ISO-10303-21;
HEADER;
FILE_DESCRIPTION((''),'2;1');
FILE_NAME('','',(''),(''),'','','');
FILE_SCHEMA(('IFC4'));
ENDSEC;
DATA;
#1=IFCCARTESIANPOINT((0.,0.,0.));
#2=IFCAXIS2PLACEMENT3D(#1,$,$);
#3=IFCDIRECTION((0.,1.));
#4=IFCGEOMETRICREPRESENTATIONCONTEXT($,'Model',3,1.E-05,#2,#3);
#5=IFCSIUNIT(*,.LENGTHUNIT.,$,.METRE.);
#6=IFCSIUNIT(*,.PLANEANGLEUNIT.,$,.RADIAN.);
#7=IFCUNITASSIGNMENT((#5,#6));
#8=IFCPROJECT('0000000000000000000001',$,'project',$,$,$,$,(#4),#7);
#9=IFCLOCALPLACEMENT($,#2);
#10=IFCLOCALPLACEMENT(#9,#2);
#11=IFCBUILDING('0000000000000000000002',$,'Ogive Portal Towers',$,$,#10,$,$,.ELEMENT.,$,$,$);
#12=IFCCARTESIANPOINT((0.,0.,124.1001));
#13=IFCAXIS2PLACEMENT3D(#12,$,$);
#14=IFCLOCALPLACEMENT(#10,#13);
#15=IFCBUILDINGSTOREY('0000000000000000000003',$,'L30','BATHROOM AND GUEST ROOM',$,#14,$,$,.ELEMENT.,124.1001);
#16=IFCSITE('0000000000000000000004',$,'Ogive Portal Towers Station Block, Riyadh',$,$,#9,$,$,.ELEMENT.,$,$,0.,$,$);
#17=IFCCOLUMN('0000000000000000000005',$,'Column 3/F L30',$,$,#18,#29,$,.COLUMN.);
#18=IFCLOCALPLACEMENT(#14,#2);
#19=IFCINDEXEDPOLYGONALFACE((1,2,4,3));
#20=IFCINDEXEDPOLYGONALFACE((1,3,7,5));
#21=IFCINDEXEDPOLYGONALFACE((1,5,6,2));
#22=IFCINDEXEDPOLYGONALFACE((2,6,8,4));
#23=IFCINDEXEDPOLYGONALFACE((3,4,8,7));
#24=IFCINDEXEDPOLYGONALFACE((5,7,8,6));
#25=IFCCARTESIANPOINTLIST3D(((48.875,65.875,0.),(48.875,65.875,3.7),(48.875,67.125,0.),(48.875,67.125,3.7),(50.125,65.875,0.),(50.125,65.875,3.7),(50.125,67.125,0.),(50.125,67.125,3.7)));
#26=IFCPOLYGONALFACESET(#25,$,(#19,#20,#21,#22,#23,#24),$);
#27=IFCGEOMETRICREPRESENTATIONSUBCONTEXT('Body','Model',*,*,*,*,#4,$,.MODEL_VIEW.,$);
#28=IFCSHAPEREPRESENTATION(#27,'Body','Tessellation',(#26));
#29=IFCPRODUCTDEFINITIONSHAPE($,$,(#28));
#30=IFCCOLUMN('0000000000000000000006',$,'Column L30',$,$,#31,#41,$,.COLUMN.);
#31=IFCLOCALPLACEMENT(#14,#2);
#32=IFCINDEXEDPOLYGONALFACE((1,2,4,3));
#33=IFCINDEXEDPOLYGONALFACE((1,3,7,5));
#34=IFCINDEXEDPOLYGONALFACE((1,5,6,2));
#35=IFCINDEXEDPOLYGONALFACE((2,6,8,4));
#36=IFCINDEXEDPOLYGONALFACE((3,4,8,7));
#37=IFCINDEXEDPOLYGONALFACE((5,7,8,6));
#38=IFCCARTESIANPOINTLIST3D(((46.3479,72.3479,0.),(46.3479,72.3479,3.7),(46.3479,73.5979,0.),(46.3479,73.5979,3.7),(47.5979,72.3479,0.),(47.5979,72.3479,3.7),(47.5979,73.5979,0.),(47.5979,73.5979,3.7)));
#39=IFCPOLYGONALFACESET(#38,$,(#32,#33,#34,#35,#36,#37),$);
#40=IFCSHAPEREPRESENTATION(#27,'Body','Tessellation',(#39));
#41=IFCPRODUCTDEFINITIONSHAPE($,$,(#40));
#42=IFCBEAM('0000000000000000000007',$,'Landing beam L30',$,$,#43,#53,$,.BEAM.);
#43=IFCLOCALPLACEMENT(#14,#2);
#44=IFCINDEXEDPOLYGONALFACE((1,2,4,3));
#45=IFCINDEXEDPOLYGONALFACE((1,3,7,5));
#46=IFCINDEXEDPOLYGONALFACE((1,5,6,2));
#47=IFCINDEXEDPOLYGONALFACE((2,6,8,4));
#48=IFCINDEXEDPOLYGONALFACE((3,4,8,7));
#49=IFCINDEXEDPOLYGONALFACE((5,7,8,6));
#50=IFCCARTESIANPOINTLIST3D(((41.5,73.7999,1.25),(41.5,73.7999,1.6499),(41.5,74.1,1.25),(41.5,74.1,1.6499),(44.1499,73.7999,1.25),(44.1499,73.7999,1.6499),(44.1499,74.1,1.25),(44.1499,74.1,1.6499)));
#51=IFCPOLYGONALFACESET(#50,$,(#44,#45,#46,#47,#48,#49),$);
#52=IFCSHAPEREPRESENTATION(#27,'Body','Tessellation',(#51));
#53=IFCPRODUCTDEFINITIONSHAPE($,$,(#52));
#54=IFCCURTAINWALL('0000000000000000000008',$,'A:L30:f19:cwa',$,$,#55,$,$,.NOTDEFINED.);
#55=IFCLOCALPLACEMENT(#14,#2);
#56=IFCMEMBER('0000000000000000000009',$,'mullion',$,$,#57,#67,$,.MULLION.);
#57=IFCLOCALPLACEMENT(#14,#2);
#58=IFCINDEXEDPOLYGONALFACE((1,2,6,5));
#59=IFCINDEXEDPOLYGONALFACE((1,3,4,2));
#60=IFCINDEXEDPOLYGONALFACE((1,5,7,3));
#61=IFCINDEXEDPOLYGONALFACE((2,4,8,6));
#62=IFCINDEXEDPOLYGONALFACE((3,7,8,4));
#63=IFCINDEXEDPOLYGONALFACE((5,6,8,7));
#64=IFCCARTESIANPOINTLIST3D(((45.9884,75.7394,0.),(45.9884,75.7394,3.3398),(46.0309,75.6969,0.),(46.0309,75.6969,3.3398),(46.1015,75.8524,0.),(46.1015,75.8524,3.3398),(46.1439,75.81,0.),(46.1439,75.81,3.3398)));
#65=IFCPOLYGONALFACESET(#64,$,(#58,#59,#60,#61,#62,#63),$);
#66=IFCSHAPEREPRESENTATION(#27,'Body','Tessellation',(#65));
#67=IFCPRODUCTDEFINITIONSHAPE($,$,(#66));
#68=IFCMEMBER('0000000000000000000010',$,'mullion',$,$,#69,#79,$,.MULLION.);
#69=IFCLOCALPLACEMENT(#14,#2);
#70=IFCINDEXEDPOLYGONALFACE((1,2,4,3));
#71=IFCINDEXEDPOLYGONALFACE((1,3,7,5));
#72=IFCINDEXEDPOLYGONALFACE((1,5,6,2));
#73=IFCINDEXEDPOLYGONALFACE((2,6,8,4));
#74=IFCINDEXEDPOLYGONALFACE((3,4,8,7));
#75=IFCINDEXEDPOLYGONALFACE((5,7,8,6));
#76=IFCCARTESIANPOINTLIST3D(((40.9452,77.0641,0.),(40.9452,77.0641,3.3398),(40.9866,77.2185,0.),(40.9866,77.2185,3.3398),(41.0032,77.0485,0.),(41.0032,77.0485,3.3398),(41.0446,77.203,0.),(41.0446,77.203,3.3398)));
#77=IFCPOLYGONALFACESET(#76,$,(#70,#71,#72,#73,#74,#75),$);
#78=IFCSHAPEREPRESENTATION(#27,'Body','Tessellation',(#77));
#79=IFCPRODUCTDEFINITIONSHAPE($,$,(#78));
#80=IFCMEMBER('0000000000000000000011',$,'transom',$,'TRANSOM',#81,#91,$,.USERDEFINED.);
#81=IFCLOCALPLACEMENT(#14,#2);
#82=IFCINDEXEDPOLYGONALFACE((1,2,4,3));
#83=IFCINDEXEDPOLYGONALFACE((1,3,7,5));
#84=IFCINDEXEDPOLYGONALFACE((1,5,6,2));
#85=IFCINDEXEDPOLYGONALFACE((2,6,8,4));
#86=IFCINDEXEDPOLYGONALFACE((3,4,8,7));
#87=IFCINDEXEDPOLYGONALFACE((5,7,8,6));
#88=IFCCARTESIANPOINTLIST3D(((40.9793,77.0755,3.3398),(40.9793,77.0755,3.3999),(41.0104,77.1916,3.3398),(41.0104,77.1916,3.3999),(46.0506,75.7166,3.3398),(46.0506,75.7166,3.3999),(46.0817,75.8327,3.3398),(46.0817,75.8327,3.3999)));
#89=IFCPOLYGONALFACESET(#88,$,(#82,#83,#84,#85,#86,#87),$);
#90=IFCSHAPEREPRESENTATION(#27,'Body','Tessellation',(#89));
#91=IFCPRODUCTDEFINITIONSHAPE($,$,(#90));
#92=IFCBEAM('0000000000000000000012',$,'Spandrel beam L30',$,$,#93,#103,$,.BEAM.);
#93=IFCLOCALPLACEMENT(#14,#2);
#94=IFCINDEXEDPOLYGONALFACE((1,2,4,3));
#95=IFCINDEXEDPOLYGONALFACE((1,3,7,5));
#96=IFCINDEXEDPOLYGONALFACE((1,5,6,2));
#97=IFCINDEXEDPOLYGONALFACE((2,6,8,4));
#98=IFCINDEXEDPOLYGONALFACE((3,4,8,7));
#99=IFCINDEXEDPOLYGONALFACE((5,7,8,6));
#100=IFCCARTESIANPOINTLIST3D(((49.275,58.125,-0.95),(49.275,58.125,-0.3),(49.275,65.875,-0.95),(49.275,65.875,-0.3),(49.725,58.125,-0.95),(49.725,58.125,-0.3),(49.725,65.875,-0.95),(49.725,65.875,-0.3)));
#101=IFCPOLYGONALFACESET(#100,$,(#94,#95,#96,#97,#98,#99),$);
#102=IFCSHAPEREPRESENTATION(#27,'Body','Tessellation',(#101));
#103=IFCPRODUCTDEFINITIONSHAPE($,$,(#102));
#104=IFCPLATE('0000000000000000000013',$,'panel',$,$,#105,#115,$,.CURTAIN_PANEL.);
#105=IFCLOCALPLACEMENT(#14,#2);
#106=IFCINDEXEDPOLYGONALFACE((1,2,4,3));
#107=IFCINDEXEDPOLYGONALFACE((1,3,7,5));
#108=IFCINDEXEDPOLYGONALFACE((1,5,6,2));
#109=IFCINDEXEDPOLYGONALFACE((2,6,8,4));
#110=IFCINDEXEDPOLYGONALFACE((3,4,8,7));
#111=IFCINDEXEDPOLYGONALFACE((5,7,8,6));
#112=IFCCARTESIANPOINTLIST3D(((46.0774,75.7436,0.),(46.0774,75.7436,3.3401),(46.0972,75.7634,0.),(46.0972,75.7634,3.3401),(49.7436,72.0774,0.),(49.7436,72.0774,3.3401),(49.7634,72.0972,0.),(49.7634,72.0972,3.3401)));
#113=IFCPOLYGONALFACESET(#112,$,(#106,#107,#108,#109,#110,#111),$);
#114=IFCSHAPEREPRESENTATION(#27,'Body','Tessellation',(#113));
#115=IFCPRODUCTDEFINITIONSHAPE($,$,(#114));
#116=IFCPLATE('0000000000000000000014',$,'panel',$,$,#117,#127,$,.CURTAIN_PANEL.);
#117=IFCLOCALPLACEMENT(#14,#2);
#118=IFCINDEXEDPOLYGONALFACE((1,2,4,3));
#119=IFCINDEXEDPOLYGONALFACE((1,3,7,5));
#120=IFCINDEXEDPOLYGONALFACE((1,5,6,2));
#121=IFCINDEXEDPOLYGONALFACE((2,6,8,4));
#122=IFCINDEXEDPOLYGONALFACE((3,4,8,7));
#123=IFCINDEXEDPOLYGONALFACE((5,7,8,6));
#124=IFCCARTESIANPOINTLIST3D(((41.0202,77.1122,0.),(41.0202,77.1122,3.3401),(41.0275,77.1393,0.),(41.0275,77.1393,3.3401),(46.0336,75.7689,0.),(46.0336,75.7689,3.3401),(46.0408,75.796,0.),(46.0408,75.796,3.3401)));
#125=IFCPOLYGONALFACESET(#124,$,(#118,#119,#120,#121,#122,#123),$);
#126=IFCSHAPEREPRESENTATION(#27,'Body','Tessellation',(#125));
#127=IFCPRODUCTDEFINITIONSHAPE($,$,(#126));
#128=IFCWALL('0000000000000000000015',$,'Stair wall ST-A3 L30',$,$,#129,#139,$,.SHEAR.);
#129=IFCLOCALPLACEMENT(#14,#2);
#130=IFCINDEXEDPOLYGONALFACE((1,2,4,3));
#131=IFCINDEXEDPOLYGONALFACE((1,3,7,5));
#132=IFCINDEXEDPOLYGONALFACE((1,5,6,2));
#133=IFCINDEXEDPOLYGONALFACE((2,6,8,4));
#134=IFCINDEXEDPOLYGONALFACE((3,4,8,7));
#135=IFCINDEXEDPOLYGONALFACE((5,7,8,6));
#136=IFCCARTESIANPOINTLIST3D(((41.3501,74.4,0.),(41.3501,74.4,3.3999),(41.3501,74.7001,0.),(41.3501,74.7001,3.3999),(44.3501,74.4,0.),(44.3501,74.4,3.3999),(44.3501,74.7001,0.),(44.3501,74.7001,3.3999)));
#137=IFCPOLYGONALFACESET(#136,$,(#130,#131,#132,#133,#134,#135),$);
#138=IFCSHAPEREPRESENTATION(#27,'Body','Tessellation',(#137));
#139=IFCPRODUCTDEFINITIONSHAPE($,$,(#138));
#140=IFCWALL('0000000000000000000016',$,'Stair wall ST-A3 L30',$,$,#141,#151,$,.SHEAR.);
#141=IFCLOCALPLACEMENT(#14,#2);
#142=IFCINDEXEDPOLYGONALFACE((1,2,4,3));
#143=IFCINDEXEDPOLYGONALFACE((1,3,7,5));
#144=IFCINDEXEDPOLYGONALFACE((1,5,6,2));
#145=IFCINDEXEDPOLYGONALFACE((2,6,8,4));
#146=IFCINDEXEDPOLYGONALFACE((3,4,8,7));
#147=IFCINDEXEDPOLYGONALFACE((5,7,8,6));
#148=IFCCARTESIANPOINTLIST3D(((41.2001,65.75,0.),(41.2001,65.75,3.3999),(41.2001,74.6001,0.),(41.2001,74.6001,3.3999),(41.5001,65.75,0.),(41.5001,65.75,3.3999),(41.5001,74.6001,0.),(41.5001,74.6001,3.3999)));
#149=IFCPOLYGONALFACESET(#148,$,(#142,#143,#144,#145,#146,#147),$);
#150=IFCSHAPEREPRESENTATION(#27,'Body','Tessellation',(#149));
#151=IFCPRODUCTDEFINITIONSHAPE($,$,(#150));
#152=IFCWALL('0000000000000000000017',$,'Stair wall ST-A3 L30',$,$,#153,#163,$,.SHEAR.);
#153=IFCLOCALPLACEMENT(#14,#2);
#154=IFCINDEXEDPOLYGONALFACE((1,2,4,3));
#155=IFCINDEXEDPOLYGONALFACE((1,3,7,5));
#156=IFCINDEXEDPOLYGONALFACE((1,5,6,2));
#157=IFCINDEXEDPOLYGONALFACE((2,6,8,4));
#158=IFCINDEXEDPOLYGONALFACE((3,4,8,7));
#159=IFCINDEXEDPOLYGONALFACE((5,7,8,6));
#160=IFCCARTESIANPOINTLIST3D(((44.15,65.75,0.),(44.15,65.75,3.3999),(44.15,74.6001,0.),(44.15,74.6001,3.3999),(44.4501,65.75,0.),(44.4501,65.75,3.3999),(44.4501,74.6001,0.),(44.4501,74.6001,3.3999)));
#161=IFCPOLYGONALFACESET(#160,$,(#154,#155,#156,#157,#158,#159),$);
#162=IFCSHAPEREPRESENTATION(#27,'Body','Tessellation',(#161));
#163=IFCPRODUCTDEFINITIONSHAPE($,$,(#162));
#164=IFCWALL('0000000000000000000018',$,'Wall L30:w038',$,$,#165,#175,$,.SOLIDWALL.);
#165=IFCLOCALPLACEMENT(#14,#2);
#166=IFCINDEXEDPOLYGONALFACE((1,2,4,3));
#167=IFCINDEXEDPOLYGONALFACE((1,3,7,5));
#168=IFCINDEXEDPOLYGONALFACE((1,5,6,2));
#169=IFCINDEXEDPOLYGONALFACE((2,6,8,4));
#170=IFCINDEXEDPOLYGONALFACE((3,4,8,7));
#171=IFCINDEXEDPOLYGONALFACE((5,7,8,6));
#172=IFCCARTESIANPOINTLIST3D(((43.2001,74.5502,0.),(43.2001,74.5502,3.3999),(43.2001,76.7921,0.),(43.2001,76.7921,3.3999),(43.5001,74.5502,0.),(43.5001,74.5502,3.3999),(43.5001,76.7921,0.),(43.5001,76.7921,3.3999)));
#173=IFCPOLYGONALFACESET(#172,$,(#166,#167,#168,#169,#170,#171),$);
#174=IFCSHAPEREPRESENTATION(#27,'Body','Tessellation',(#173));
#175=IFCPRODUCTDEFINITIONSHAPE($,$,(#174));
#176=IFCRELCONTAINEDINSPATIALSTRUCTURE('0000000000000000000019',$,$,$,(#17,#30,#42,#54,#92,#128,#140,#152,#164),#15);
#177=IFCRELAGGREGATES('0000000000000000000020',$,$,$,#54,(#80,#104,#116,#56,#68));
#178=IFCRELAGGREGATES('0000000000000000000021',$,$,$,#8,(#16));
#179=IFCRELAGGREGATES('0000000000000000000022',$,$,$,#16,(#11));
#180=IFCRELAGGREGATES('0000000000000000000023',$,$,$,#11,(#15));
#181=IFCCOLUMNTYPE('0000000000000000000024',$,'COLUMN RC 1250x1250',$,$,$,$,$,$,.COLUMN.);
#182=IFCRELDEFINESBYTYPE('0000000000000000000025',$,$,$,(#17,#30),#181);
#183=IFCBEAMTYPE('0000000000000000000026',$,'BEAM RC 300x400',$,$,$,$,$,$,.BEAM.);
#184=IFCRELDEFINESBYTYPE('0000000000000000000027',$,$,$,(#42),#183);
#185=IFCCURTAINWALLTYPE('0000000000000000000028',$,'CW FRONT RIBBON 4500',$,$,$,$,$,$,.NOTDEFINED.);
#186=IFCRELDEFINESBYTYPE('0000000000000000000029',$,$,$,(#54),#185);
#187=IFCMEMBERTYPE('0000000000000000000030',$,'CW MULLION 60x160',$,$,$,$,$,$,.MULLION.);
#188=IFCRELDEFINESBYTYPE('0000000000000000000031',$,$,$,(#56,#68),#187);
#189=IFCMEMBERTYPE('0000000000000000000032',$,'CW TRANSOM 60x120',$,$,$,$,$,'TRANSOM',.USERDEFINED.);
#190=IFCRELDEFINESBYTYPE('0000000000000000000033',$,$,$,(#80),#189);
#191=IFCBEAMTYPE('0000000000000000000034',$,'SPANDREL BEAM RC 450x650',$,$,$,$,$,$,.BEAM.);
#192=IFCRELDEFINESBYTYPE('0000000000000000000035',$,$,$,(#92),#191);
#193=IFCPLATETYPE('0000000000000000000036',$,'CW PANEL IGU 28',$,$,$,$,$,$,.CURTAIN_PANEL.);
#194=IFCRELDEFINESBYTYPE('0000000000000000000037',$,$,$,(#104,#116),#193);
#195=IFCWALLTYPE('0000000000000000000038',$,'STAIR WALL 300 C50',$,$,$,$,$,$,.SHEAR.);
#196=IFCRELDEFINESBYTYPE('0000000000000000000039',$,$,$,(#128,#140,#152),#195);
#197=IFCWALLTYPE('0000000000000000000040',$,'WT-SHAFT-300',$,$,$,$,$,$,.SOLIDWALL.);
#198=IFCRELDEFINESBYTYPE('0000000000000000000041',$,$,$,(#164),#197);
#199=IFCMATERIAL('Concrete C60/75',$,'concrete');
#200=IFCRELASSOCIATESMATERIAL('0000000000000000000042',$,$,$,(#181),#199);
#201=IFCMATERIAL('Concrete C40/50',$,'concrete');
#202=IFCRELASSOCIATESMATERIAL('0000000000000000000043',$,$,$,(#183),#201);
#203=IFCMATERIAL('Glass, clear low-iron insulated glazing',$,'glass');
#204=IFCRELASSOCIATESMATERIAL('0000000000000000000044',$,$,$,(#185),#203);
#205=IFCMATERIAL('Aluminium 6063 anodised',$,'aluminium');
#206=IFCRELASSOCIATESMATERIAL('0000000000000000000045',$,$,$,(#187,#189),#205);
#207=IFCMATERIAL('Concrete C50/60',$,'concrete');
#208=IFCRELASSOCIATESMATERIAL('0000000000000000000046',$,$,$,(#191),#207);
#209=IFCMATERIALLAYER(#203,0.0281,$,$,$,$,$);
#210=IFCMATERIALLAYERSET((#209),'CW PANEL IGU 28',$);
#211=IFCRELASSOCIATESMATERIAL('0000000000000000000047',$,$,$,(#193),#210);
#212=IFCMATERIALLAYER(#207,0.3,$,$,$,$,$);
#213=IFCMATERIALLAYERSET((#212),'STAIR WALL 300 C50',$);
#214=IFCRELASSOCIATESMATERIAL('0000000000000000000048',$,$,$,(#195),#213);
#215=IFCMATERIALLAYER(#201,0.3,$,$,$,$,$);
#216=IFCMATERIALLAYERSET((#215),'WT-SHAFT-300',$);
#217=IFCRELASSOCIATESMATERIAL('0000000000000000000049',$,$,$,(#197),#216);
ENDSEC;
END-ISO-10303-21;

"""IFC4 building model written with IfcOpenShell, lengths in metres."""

from ifc_helpers import new_model, si_unit, direction, frame, frame_2d, origin, origin_2d, place, context, subcontext, project, spatial, rectangle, extrude, material, layer, layer_set, material_profile, profile_set, type_object, element, aggregate, save


model = new_model("IFC4")

# Units and contexts
model_context = context("Model", 3, precision=1e-05, world=origin(), true_north=direction((0.0, 1.0)))
body_context = subcontext(model_context, "Body", "Model", "MODEL_VIEW")
ifc_project = project(units=[si_unit("LENGTHUNIT", "METRE"), si_unit("PLANEANGLEUNIT", "RADIAN")], contexts=[model_context])

# Site, building, storey
site_placement = place(None, origin())
site = spatial("IfcSite", under=ifc_project, at=site_placement, Name="Ogive Portal Towers Station Block, Riyadh", CompositionType="ELEMENT", RefElevation=0.0)
building_placement = place(site_placement, origin())
building = spatial("IfcBuilding", under=site, at=building_placement, Name="Ogive Portal Towers", CompositionType="ELEMENT")
storey_placement = place(building_placement, frame((0.0, 0.0, 124.1001)))
storey = spatial("IfcBuildingStorey", under=building, at=storey_placement, Name="L30", Description="BATHROOM AND GUEST ROOM", CompositionType="ELEMENT", Elevation=124.1001)

# Columns
ifc_material_1 = material(Name="Concrete C60/75", Category="concrete")
ifc_material_profile_1 = material_profile(ifc_material_1, rectangle(XDim=1.25, YDim=1.25, at=origin_2d()), Name="RC 1250x1250")
ifc_profile_set_1 = profile_set([ifc_material_profile_1], Name="Concrete C60/75")
column_type = type_object("IfcColumnType", Name="COLUMN RC 1250x1250", PredefinedType="COLUMN", material=ifc_profile_set_1)
for number, where, z_axis, x_axis, name in (
    (1, (49.5, 66.5, 0.0), (0.0, 0.0, 1.0), (1.0, 0.0, 0.0), "Column 3/F L30"),
    (2, (46.9729, 72.9729, 0.0), (0.0, 0.0, 1.0), (1.0, 0.0, 0.0), "Column L30"),
):
    element("IfcColumn", number, at=place(storey_placement, frame(where, z_axis=z_axis, x_axis=x_axis)), inside=storey, type_object=column_type, Name=name, PredefinedType="COLUMN", context=body_context, shape_type="SweptSolid", body=[
        extrude(rectangle(XDim=1.25, YDim=1.25, at=origin_2d()), origin(), (0.0, 0.0, 1.0), 3.7),
    ])

# Beam
ifc_material_2 = material(Name="Concrete C40/50", Category="concrete")
ifc_material_profile_2 = material_profile(ifc_material_2, rectangle(XDim=0.3, YDim=0.3999, at=origin_2d()), Name="RC 300x400")
ifc_profile_set_2 = profile_set([ifc_material_profile_2], Name="Concrete C40/50")
beam_type_1 = type_object("IfcBeamType", Name="BEAM RC 300x400", PredefinedType="BEAM", material=ifc_profile_set_2)
beam_1_placement = place(storey_placement, frame((41.5, 73.95, 1.45), z_axis=(1.0, 0.0, 0.0), x_axis=(0.0, 1.0, 0.0)))
element("IfcBeam", 3, at=beam_1_placement, inside=storey, type_object=beam_type_1, Name="Landing beam L30", PredefinedType="BEAM", context=body_context, shape_type="SweptSolid", body=[
    extrude(rectangle(XDim=0.3, YDim=0.3999, at=origin_2d()), origin(), (0.0, 0.0, 1.0), 2.6499),
])

# Curtain wall, members
ifc_material_3 = material(Name="Glass, clear low-iron insulated glazing", Category="glass")
curtain_wall_type = type_object("IfcCurtainWallType", Name="CW FRONT RIBBON 4500", PredefinedType="NOTDEFINED", material=ifc_material_3)
curtain_wall_placement = place(storey_placement, origin())
curtain_wall = element("IfcCurtainWall", 4, at=curtain_wall_placement, inside=storey, type_object=curtain_wall_type, Name="A:L30:f19:cwa", PredefinedType="NOTDEFINED")
ifc_material_4 = material(Name="Aluminium 6063 anodised", Category="aluminium")
ifc_material_profile_3 = material_profile(ifc_material_4, rectangle(XDim=0.1599, YDim=0.0601, at=origin_2d()), Name="AL 60x160")
ifc_profile_set_3 = profile_set([ifc_material_profile_3], Name="Aluminium 6063 anodised")
member_type_1 = type_object("IfcMemberType", Name="CW MULLION 60x160", PredefinedType="MULLION", material=ifc_profile_set_3)
member_1_placement = place(storey_placement, frame((46.0662, 75.7747, 0.0), z_axis=(0.0, 0.0, 1.0), x_axis=(-0.707107, -0.707107, 0.0)))
member_1 = element("IfcMember", 5, at=member_1_placement, type_object=member_type_1, Name="mullion", PredefinedType="MULLION", context=body_context, shape_type="SweptSolid", body=[
    extrude(rectangle(XDim=0.1599, YDim=0.0601, at=origin_2d()), origin(), (0.0, 0.0, 1.0), 3.3398),
])
member_2_placement = place(storey_placement, frame((40.9949, 77.1335, 0.0), z_axis=(0.0, 0.0, 1.0), x_axis=(-0.258819, -0.965926, 0.0)))
member_2 = element("IfcMember", 6, at=member_2_placement, type_object=member_type_1, Name="mullion", PredefinedType="MULLION", context=body_context, shape_type="SweptSolid", body=[
    extrude(rectangle(XDim=0.1599, YDim=0.0601, at=origin_2d()), origin(), (0.0, 0.0, 1.0), 3.3398),
])
ifc_material_profile_4 = material_profile(ifc_material_4, rectangle(XDim=0.1201, YDim=0.0601, at=origin_2d()), Name="AL 120x60")
ifc_profile_set_4 = profile_set([ifc_material_profile_4], Name="Aluminium 6063 anodised")
member_type_2 = type_object("IfcMemberType", Name="CW TRANSOM 60x120", ElementType="TRANSOM", PredefinedType="USERDEFINED", material=ifc_profile_set_4)
member_3_placement = place(storey_placement, frame((46.0662, 75.7747, 3.3699), z_axis=(-0.965924, 0.258826, 0.0), x_axis=(-0.258826, -0.965924, 0.0)))
member_3 = element("IfcMember", 7, at=member_3_placement, type_object=member_type_2, Name="transom", ObjectType="TRANSOM", PredefinedType="USERDEFINED", context=body_context, shape_type="SweptSolid", body=[
    extrude(rectangle(XDim=0.1201, YDim=0.0601, at=origin_2d()), origin(), (0.0, 0.0, 1.0), 5.2502),
])

# Beam
ifc_material_5 = material(Name="Concrete C50/60", Category="concrete")
ifc_material_profile_5 = material_profile(ifc_material_5, rectangle(XDim=0.45, YDim=0.6499, at=origin_2d()), Name="RC 450x650")
ifc_profile_set_5 = profile_set([ifc_material_profile_5], Name="Concrete C50/60")
beam_type_2 = type_object("IfcBeamType", Name="SPANDREL BEAM RC 450x650", PredefinedType="BEAM", material=ifc_profile_set_5)
beam_2_placement = place(storey_placement, frame((49.5, 65.875, -0.625), z_axis=(0.0, -1.0, 0.0), x_axis=(1.0, 0.0, 0.0)))
element("IfcBeam", 8, at=beam_2_placement, inside=storey, type_object=beam_type_2, Name="Spandrel beam L30", PredefinedType="BEAM", context=body_context, shape_type="SweptSolid", body=[
    extrude(rectangle(XDim=0.45, YDim=0.6499, at=origin_2d()), origin(), (0.0, 0.0, 1.0), 7.75),
])

# Plates
ifc_layer_1 = layer(ifc_material_3, 0.0281)
ifc_layer_set_1 = layer_set([ifc_layer_1], Name="CW PANEL IGU 28")
plate_type = type_object("IfcPlateType", Name="CW PANEL IGU 28", PredefinedType="CURTAIN_PANEL", material=ifc_layer_set_1)
plate_1_placement = place(storey_placement, frame((47.9204, 73.9204, 0.0), z_axis=(0.0, 0.0, 1.0), x_axis=(-0.707107, 0.707107, 0.0)))
plate_1 = element("IfcPlate", 9, at=plate_1_placement, type_object=plate_type, Name="panel", PredefinedType="CURTAIN_PANEL", context=body_context, shape_type="SweptSolid", body=[
    extrude(rectangle(XDim=5.1848, YDim=0.0281, at=origin_2d()), origin(), (0.0, 0.0, 1.0), 3.3401),
])
plate_2_placement = place(storey_placement, frame((43.5305, 76.4541, 0.0), z_axis=(0.0, 0.0, 1.0), x_axis=(-0.965926, 0.258819, 0.0)))
plate_2 = element("IfcPlate", 10, at=plate_2_placement, type_object=plate_type, Name="panel", PredefinedType="CURTAIN_PANEL", context=body_context, shape_type="SweptSolid", body=[
    extrude(rectangle(XDim=5.1902, YDim=0.0281, at=origin_2d()), origin(), (0.0, 0.0, 1.0), 3.3401),
])
aggregate(curtain_wall, [member_3, plate_1, plate_2, member_1, member_2])

# Walls
ifc_layer_2 = layer(ifc_material_5, 0.3)
ifc_layer_set_2 = layer_set([ifc_layer_2], Name="STAIR WALL 300 C50")
wall_type_1 = type_object("IfcWallType", Name="STAIR WALL 300 C50", PredefinedType="SHEAR", material=ifc_layer_set_2)
wall_1_placement = place(storey_placement, frame((41.3501, 74.55, 0.0), z_axis=(0.0, 0.0, 1.0), x_axis=(1.0, 0.0, 0.0)))
element("IfcWall", 11, at=wall_1_placement, inside=storey, type_object=wall_type_1, Name="Stair wall ST-A3 L30", PredefinedType="SHEAR", context=body_context, shape_type="SweptSolid", body=[
    extrude(rectangle(XDim=3.0, YDim=0.3, at=frame_2d((1.5, 0.0))), origin(), (0.0, 0.0, 1.0), 3.3999),
])
for number, where, z_axis, x_axis, name in (
    (12, (41.3501, 65.75, 0.0), (0.0, 0.0, 1.0), (0.0, 1.0, 0.0), "Stair wall ST-A3 L30"),
    (13, (44.3, 65.75, 0.0), (0.0, 0.0, 1.0), (0.0, 1.0, 0.0), "Stair wall ST-A3 L30"),
):
    element("IfcWall", number, at=place(storey_placement, frame(where, z_axis=z_axis, x_axis=x_axis)), inside=storey, type_object=wall_type_1, Name=name, PredefinedType="SHEAR", context=body_context, shape_type="SweptSolid", body=[
        extrude(rectangle(XDim=8.8501, YDim=0.3, at=frame_2d((4.425, 0.0))), origin(), (0.0, 0.0, 1.0), 3.3999),
    ])
ifc_layer_3 = layer(ifc_material_2, 0.3)
ifc_layer_set_3 = layer_set([ifc_layer_3], Name="WT-SHAFT-300")
wall_type_2 = type_object("IfcWallType", Name="WT-SHAFT-300", PredefinedType="SOLIDWALL", material=ifc_layer_set_3)
wall_2_placement = place(storey_placement, frame((43.3501, 74.55, 0.0), z_axis=(0.0, 0.0, 1.0), x_axis=(0.0, 1.0, 0.0)))
element("IfcWall", 14, at=wall_2_placement, inside=storey, type_object=wall_type_2, Name="Wall L30:w038", PredefinedType="SOLIDWALL", context=body_context, shape_type="SweptSolid", body=[
    extrude(rectangle(XDim=2.2419, YDim=0.3, at=frame_2d((1.1211, 0.0))), origin(), (0.0, 0.0, 1.0), 3.3999),
])

save(model, "model.ifc")
